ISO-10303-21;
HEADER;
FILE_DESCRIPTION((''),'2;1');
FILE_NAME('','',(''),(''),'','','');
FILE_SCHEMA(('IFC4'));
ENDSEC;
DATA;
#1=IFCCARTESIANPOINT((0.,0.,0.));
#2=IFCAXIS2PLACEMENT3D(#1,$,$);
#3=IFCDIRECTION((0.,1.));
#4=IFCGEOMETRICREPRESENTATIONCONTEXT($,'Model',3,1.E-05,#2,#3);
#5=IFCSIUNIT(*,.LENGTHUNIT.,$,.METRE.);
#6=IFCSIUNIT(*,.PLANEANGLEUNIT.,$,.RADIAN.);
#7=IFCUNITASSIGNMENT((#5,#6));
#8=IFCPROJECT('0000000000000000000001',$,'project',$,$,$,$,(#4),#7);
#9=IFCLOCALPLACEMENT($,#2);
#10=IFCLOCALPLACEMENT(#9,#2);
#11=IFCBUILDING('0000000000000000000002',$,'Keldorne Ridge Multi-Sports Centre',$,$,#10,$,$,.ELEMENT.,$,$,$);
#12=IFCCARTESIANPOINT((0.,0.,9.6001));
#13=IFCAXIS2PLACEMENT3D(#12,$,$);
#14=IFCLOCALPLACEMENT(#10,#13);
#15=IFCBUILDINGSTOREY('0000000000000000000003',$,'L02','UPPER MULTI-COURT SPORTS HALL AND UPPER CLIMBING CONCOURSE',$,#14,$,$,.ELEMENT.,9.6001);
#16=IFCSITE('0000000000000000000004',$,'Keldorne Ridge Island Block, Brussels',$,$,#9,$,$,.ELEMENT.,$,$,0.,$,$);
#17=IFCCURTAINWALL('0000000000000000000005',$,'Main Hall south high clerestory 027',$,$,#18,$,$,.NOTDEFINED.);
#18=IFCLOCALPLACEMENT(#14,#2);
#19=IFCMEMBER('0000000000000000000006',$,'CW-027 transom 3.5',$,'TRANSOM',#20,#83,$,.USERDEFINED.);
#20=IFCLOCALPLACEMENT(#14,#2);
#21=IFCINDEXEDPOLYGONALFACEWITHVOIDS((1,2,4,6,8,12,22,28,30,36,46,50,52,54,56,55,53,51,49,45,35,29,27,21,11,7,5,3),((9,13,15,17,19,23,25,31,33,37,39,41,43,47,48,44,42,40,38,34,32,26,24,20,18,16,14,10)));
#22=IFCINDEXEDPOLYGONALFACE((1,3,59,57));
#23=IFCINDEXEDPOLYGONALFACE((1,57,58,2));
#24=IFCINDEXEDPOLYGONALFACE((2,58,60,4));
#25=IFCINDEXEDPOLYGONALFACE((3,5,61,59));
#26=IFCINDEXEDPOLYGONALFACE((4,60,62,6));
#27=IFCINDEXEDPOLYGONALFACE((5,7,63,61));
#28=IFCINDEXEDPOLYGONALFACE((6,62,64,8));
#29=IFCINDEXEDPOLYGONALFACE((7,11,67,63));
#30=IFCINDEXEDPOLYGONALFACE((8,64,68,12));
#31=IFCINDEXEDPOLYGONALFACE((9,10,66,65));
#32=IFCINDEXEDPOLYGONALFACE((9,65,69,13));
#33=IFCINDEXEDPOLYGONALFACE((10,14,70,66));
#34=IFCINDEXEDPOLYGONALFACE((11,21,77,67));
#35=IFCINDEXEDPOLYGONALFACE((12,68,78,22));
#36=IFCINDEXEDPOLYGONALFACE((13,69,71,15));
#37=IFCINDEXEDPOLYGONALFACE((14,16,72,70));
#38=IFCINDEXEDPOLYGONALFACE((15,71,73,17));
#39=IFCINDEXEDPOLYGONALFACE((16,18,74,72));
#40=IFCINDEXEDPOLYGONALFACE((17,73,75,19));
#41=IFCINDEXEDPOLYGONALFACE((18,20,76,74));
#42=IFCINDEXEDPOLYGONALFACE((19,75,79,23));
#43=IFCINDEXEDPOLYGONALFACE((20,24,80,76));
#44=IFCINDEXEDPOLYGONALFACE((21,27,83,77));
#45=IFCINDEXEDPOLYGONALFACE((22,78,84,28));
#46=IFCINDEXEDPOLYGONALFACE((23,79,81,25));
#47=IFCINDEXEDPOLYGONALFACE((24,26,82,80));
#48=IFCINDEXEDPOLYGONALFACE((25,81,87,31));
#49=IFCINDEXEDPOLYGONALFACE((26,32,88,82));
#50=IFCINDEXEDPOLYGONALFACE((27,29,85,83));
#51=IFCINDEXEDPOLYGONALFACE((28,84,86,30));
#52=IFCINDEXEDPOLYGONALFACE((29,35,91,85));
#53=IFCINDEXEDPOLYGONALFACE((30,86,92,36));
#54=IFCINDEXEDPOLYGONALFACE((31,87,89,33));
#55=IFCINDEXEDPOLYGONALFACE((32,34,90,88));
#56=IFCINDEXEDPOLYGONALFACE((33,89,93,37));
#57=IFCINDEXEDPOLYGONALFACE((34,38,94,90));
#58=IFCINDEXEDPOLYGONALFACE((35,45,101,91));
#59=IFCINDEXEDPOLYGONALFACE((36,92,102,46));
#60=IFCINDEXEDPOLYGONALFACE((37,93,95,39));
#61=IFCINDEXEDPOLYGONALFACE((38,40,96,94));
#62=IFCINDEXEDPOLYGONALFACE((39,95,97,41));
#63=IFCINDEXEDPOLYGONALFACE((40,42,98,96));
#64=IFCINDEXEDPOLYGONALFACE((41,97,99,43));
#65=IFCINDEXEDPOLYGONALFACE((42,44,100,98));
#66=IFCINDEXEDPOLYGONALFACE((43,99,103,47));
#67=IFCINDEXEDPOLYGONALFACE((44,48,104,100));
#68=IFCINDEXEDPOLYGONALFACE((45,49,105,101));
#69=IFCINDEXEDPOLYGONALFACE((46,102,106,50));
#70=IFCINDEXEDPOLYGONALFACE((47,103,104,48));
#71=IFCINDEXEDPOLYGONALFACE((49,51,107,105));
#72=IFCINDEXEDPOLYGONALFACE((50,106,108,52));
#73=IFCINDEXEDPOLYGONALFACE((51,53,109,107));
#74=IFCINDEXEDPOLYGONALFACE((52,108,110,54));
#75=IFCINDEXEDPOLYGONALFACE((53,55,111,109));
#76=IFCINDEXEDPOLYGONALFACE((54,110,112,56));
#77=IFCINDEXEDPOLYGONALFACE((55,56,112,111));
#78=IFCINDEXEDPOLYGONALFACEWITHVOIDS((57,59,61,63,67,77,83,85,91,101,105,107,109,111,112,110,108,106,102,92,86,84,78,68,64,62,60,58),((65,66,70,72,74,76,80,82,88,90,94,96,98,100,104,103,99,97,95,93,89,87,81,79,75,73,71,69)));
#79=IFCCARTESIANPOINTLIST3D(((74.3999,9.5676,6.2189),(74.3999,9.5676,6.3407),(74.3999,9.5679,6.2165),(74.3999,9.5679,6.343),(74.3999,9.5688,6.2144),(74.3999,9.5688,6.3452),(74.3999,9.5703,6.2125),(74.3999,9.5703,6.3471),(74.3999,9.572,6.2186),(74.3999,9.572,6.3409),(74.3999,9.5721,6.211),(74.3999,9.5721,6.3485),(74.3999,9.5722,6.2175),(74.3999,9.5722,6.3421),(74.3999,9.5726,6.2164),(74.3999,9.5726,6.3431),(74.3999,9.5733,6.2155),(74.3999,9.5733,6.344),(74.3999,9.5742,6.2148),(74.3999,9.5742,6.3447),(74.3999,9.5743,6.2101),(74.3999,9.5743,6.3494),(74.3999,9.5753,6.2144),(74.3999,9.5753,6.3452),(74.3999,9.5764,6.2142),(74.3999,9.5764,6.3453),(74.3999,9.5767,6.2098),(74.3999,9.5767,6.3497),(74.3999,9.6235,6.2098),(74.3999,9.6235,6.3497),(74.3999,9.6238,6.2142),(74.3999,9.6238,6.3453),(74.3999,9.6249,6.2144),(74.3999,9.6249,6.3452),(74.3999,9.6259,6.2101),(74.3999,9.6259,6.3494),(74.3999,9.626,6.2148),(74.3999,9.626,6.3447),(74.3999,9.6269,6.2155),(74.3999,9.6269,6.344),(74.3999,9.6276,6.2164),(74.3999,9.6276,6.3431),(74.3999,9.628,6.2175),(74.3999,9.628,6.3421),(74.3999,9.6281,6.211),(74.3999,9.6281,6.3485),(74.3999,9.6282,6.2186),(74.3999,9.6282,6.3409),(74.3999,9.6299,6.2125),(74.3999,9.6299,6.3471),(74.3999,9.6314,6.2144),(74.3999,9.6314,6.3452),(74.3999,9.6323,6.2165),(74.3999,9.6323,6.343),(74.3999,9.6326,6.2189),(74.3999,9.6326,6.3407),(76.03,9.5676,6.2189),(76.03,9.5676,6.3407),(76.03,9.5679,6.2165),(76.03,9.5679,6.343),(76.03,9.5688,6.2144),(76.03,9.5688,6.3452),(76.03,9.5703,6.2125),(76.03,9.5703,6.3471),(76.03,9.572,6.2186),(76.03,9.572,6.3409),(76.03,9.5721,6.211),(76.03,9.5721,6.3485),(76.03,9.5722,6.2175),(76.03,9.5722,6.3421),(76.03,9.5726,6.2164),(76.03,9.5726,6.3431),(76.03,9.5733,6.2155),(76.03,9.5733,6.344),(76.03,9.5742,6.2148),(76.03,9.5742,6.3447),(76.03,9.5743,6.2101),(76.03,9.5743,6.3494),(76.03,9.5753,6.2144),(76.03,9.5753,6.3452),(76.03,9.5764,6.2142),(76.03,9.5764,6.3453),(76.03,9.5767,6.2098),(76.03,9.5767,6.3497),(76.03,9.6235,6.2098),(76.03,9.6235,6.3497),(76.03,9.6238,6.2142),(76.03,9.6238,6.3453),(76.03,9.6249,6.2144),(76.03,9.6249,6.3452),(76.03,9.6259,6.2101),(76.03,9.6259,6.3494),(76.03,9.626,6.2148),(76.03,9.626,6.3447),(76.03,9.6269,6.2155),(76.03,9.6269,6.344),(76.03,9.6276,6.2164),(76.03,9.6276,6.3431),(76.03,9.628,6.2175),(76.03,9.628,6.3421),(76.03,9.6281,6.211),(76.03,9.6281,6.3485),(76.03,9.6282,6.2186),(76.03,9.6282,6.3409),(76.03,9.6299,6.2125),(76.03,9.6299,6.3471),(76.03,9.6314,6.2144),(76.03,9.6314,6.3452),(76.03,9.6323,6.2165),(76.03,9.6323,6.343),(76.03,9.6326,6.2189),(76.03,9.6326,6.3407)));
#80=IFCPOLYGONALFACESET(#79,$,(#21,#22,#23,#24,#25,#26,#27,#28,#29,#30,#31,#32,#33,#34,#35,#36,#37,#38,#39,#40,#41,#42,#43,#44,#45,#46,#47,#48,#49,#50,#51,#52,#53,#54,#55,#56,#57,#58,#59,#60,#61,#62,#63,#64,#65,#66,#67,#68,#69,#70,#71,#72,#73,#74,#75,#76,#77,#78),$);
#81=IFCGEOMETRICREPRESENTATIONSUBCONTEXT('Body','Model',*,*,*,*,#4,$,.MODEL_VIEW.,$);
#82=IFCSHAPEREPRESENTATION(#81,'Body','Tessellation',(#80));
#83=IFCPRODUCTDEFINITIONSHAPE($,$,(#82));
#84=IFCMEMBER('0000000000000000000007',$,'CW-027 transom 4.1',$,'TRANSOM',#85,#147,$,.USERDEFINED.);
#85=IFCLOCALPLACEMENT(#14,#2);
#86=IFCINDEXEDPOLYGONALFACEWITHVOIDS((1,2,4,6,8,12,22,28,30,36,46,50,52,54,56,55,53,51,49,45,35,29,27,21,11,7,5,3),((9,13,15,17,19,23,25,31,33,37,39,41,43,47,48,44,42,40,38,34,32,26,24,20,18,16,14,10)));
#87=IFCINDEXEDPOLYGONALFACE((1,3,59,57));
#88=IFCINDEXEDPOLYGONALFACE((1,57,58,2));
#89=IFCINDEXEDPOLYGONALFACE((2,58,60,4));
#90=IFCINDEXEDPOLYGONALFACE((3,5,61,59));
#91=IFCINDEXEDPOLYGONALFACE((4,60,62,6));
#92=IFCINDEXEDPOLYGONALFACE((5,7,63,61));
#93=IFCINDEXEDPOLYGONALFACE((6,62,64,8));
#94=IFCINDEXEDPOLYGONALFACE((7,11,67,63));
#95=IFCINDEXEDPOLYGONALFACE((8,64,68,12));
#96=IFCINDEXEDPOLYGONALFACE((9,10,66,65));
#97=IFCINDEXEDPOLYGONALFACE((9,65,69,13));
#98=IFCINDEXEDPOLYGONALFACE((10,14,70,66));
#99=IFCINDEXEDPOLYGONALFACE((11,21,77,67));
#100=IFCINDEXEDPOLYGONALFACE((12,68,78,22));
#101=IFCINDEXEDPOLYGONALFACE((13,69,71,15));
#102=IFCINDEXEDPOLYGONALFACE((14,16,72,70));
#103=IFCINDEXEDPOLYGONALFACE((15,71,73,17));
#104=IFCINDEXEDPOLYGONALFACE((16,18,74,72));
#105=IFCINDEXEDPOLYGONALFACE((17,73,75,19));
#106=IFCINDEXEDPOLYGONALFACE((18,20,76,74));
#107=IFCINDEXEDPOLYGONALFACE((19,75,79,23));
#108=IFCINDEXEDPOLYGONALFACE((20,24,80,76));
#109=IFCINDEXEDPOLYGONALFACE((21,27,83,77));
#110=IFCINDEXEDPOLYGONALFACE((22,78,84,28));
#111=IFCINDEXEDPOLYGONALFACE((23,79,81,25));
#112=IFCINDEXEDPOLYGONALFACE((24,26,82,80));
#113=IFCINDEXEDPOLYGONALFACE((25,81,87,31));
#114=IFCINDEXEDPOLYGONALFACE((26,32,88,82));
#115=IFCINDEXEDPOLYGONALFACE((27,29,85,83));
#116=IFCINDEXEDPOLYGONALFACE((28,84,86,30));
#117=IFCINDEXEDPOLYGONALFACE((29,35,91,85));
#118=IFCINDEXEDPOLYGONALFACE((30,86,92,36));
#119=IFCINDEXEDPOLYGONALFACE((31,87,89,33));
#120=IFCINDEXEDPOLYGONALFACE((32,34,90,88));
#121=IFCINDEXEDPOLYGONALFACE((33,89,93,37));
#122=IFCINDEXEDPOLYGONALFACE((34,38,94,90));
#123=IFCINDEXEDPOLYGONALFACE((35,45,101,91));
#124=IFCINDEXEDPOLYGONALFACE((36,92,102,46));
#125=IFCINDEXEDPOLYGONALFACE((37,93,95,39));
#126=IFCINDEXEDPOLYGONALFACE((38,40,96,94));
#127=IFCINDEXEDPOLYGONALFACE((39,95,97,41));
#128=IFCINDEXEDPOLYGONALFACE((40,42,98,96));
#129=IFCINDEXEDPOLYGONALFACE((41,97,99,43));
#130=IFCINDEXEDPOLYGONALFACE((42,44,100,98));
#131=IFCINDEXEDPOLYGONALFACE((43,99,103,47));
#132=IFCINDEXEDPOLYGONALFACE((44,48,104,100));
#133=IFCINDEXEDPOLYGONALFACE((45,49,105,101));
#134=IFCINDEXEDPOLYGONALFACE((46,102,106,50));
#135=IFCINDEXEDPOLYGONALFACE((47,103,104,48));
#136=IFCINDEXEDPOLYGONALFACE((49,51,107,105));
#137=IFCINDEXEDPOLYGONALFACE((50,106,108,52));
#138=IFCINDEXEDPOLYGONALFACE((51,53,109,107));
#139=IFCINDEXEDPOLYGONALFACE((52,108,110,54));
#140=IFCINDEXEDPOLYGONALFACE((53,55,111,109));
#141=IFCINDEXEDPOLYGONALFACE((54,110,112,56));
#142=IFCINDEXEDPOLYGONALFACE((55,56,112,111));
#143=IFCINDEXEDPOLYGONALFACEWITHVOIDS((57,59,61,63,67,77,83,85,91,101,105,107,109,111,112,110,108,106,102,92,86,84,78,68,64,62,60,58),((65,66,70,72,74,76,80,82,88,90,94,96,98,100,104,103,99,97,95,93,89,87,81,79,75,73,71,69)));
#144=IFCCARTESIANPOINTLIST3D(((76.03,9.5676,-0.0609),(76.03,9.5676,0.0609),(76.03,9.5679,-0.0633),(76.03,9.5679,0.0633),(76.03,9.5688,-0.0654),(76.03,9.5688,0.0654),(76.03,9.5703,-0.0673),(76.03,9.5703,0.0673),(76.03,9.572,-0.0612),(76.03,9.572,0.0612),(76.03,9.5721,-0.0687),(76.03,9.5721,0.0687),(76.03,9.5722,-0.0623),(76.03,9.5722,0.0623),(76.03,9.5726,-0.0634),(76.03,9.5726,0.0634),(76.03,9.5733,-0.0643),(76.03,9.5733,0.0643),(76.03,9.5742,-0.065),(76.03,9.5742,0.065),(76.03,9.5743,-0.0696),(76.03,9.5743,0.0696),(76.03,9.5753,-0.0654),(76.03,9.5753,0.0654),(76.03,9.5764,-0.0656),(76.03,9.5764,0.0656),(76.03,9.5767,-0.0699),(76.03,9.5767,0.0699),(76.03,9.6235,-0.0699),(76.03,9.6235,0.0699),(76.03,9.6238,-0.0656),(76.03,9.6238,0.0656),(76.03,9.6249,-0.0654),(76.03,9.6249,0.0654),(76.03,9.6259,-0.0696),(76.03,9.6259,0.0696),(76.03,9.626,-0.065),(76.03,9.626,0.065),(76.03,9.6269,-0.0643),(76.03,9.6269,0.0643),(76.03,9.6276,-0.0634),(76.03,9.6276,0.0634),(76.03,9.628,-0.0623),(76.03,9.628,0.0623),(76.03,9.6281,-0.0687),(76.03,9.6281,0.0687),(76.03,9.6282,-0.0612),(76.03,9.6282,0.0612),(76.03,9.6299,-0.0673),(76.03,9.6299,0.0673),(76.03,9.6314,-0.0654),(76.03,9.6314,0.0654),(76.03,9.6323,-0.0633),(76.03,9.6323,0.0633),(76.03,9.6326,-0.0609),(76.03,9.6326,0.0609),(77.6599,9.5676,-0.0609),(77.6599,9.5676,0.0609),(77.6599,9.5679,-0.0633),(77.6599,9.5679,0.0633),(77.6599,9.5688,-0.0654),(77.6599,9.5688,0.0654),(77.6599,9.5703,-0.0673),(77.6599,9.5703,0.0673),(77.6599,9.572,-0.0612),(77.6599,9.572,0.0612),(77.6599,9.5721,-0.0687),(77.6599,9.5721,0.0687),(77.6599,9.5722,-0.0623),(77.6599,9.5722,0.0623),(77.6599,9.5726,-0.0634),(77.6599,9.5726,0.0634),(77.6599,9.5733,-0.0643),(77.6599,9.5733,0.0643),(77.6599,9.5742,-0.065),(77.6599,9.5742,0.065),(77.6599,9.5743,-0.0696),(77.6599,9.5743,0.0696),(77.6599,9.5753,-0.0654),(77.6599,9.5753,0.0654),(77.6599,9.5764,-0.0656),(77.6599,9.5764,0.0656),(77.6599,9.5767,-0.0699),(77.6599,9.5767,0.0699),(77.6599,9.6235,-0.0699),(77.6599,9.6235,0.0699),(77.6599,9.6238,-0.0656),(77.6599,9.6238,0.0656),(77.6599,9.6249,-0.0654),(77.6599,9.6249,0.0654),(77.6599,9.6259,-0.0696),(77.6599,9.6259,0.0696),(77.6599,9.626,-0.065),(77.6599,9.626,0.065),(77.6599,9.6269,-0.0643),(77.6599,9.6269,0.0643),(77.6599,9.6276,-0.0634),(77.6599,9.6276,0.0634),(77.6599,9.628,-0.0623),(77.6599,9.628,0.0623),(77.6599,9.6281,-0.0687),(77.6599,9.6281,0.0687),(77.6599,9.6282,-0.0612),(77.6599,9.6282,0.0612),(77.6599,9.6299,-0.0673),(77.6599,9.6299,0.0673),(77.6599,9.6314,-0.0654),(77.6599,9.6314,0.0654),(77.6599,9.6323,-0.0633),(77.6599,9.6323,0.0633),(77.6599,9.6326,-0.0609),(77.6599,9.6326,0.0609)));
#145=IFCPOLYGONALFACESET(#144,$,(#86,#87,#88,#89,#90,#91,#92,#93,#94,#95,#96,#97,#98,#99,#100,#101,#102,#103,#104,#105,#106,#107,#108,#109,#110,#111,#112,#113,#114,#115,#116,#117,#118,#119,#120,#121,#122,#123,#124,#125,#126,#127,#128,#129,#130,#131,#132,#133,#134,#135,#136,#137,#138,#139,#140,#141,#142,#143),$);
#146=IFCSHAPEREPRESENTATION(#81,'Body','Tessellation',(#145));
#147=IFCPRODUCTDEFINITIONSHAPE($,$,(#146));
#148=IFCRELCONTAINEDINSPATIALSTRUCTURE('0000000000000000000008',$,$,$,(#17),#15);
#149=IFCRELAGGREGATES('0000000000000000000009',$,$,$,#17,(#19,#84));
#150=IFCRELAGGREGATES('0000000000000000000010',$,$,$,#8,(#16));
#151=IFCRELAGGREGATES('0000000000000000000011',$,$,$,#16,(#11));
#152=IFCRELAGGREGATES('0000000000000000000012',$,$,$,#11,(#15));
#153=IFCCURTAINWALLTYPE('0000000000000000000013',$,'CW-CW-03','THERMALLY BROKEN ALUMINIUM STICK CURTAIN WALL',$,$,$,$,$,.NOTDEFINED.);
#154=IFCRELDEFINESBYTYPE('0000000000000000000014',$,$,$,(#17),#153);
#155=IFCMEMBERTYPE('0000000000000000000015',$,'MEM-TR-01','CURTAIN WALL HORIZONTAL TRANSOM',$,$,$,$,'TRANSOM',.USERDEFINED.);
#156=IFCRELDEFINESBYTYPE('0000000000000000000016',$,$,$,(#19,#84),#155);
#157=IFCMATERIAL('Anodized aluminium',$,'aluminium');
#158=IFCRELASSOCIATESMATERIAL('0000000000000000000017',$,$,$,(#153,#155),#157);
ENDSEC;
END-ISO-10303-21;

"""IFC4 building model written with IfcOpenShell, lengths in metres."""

from ifc_helpers import new_model, si_unit, direction, frame, origin, origin_2d, place, context, subcontext, project, spatial, hollow_rectangle, extrude, material, material_profile, profile_set, type_object, element, aggregate, save


model = new_model("IFC4")

# Units and contexts
model_context = context("Model", 3, precision=1e-05, world=origin(), true_north=direction((0.0, 1.0)))
body_context = subcontext(model_context, "Body", "Model", "MODEL_VIEW")
ifc_project = project(units=[si_unit("LENGTHUNIT", "METRE"), si_unit("PLANEANGLEUNIT", "RADIAN")], contexts=[model_context])

# Site, building, storey
site_placement = place(None, origin())
site = spatial("IfcSite", under=ifc_project, at=site_placement, Name="Keldorne Ridge Island Block, Brussels", CompositionType="ELEMENT", RefElevation=0.0)
building_placement = place(site_placement, origin())
building = spatial("IfcBuilding", under=site, at=building_placement, Name="Keldorne Ridge Multi-Sports Centre", CompositionType="ELEMENT")
storey_placement = place(building_placement, frame((0.0, 0.0, 9.6001)))
storey = spatial("IfcBuildingStorey", under=building, at=storey_placement, Name="L02", Description="UPPER MULTI-COURT SPORTS HALL AND UPPER CLIMBING CONCOURSE", CompositionType="ELEMENT", Elevation=9.6001)

# Curtain wall
ifc_material_1 = material(Name="Anodized aluminium", Category="aluminium")
curtain_wall_type = type_object("IfcCurtainWallType", Name="CW-CW-03", Description="THERMALLY BROKEN ALUMINIUM STICK CURTAIN WALL", PredefinedType="NOTDEFINED", material=ifc_material_1)
curtain_wall_placement = place(storey_placement, origin())
curtain_wall = element("IfcCurtainWall", 1, at=curtain_wall_placement, inside=storey, type_object=curtain_wall_type, Name="Main Hall south high clerestory 027", PredefinedType="NOTDEFINED")

# Members
ifc_material_profile_1 = material_profile(ifc_material_1, hollow_rectangle(XDim=0.0649, YDim=0.1399, WallThickness=0.0044, InnerFilletRadius=0.0044, OuterFilletRadius=0.009, at=origin_2d()), Name="ALU TRANSOM 140x65x4.5")
ifc_profile_set_1 = profile_set([ifc_material_profile_1], Name="Anodized aluminium")
member_type_1 = type_object("IfcMemberType", Name="MEM-TR-01", Description="CURTAIN WALL HORIZONTAL TRANSOM", ElementType="TRANSOM", PredefinedType="USERDEFINED", material=ifc_profile_set_1)
member_1_placement = place(storey_placement, frame((74.3999, 9.6001, 6.2798), z_axis=(1.0, 0.0, 0.0), x_axis=(0.0, 1.0, 0.0)))
member_1 = element("IfcMember", 2, at=member_1_placement, type_object=member_type_1, Name="CW-027 transom 3.5", ObjectType="TRANSOM", PredefinedType="USERDEFINED", context=body_context, shape_type="SweptSolid", body=[
    extrude(hollow_rectangle(XDim=0.0649, YDim=0.1399, WallThickness=0.0044, InnerFilletRadius=0.0044, OuterFilletRadius=0.009, at=origin_2d()), origin(), (0.0, 0.0, 1.0), 1.6301),
])
member_2_placement = place(storey_placement, frame((76.03, 9.6001, 0.0), z_axis=(1.0, 0.0, 0.0), x_axis=(0.0, 1.0, 0.0)))
member_2 = element("IfcMember", 3, at=member_2_placement, type_object=member_type_1, Name="CW-027 transom 4.1", ObjectType="TRANSOM", PredefinedType="USERDEFINED", context=body_context, shape_type="SweptSolid", body=[
    extrude(hollow_rectangle(XDim=0.0649, YDim=0.1399, WallThickness=0.0044, InnerFilletRadius=0.0044, OuterFilletRadius=0.009, at=origin_2d()), origin(), (0.0, 0.0, 1.0), 1.6299),
])

aggregate(curtain_wall, [member_1, member_2])

save(model, "model.ifc")
